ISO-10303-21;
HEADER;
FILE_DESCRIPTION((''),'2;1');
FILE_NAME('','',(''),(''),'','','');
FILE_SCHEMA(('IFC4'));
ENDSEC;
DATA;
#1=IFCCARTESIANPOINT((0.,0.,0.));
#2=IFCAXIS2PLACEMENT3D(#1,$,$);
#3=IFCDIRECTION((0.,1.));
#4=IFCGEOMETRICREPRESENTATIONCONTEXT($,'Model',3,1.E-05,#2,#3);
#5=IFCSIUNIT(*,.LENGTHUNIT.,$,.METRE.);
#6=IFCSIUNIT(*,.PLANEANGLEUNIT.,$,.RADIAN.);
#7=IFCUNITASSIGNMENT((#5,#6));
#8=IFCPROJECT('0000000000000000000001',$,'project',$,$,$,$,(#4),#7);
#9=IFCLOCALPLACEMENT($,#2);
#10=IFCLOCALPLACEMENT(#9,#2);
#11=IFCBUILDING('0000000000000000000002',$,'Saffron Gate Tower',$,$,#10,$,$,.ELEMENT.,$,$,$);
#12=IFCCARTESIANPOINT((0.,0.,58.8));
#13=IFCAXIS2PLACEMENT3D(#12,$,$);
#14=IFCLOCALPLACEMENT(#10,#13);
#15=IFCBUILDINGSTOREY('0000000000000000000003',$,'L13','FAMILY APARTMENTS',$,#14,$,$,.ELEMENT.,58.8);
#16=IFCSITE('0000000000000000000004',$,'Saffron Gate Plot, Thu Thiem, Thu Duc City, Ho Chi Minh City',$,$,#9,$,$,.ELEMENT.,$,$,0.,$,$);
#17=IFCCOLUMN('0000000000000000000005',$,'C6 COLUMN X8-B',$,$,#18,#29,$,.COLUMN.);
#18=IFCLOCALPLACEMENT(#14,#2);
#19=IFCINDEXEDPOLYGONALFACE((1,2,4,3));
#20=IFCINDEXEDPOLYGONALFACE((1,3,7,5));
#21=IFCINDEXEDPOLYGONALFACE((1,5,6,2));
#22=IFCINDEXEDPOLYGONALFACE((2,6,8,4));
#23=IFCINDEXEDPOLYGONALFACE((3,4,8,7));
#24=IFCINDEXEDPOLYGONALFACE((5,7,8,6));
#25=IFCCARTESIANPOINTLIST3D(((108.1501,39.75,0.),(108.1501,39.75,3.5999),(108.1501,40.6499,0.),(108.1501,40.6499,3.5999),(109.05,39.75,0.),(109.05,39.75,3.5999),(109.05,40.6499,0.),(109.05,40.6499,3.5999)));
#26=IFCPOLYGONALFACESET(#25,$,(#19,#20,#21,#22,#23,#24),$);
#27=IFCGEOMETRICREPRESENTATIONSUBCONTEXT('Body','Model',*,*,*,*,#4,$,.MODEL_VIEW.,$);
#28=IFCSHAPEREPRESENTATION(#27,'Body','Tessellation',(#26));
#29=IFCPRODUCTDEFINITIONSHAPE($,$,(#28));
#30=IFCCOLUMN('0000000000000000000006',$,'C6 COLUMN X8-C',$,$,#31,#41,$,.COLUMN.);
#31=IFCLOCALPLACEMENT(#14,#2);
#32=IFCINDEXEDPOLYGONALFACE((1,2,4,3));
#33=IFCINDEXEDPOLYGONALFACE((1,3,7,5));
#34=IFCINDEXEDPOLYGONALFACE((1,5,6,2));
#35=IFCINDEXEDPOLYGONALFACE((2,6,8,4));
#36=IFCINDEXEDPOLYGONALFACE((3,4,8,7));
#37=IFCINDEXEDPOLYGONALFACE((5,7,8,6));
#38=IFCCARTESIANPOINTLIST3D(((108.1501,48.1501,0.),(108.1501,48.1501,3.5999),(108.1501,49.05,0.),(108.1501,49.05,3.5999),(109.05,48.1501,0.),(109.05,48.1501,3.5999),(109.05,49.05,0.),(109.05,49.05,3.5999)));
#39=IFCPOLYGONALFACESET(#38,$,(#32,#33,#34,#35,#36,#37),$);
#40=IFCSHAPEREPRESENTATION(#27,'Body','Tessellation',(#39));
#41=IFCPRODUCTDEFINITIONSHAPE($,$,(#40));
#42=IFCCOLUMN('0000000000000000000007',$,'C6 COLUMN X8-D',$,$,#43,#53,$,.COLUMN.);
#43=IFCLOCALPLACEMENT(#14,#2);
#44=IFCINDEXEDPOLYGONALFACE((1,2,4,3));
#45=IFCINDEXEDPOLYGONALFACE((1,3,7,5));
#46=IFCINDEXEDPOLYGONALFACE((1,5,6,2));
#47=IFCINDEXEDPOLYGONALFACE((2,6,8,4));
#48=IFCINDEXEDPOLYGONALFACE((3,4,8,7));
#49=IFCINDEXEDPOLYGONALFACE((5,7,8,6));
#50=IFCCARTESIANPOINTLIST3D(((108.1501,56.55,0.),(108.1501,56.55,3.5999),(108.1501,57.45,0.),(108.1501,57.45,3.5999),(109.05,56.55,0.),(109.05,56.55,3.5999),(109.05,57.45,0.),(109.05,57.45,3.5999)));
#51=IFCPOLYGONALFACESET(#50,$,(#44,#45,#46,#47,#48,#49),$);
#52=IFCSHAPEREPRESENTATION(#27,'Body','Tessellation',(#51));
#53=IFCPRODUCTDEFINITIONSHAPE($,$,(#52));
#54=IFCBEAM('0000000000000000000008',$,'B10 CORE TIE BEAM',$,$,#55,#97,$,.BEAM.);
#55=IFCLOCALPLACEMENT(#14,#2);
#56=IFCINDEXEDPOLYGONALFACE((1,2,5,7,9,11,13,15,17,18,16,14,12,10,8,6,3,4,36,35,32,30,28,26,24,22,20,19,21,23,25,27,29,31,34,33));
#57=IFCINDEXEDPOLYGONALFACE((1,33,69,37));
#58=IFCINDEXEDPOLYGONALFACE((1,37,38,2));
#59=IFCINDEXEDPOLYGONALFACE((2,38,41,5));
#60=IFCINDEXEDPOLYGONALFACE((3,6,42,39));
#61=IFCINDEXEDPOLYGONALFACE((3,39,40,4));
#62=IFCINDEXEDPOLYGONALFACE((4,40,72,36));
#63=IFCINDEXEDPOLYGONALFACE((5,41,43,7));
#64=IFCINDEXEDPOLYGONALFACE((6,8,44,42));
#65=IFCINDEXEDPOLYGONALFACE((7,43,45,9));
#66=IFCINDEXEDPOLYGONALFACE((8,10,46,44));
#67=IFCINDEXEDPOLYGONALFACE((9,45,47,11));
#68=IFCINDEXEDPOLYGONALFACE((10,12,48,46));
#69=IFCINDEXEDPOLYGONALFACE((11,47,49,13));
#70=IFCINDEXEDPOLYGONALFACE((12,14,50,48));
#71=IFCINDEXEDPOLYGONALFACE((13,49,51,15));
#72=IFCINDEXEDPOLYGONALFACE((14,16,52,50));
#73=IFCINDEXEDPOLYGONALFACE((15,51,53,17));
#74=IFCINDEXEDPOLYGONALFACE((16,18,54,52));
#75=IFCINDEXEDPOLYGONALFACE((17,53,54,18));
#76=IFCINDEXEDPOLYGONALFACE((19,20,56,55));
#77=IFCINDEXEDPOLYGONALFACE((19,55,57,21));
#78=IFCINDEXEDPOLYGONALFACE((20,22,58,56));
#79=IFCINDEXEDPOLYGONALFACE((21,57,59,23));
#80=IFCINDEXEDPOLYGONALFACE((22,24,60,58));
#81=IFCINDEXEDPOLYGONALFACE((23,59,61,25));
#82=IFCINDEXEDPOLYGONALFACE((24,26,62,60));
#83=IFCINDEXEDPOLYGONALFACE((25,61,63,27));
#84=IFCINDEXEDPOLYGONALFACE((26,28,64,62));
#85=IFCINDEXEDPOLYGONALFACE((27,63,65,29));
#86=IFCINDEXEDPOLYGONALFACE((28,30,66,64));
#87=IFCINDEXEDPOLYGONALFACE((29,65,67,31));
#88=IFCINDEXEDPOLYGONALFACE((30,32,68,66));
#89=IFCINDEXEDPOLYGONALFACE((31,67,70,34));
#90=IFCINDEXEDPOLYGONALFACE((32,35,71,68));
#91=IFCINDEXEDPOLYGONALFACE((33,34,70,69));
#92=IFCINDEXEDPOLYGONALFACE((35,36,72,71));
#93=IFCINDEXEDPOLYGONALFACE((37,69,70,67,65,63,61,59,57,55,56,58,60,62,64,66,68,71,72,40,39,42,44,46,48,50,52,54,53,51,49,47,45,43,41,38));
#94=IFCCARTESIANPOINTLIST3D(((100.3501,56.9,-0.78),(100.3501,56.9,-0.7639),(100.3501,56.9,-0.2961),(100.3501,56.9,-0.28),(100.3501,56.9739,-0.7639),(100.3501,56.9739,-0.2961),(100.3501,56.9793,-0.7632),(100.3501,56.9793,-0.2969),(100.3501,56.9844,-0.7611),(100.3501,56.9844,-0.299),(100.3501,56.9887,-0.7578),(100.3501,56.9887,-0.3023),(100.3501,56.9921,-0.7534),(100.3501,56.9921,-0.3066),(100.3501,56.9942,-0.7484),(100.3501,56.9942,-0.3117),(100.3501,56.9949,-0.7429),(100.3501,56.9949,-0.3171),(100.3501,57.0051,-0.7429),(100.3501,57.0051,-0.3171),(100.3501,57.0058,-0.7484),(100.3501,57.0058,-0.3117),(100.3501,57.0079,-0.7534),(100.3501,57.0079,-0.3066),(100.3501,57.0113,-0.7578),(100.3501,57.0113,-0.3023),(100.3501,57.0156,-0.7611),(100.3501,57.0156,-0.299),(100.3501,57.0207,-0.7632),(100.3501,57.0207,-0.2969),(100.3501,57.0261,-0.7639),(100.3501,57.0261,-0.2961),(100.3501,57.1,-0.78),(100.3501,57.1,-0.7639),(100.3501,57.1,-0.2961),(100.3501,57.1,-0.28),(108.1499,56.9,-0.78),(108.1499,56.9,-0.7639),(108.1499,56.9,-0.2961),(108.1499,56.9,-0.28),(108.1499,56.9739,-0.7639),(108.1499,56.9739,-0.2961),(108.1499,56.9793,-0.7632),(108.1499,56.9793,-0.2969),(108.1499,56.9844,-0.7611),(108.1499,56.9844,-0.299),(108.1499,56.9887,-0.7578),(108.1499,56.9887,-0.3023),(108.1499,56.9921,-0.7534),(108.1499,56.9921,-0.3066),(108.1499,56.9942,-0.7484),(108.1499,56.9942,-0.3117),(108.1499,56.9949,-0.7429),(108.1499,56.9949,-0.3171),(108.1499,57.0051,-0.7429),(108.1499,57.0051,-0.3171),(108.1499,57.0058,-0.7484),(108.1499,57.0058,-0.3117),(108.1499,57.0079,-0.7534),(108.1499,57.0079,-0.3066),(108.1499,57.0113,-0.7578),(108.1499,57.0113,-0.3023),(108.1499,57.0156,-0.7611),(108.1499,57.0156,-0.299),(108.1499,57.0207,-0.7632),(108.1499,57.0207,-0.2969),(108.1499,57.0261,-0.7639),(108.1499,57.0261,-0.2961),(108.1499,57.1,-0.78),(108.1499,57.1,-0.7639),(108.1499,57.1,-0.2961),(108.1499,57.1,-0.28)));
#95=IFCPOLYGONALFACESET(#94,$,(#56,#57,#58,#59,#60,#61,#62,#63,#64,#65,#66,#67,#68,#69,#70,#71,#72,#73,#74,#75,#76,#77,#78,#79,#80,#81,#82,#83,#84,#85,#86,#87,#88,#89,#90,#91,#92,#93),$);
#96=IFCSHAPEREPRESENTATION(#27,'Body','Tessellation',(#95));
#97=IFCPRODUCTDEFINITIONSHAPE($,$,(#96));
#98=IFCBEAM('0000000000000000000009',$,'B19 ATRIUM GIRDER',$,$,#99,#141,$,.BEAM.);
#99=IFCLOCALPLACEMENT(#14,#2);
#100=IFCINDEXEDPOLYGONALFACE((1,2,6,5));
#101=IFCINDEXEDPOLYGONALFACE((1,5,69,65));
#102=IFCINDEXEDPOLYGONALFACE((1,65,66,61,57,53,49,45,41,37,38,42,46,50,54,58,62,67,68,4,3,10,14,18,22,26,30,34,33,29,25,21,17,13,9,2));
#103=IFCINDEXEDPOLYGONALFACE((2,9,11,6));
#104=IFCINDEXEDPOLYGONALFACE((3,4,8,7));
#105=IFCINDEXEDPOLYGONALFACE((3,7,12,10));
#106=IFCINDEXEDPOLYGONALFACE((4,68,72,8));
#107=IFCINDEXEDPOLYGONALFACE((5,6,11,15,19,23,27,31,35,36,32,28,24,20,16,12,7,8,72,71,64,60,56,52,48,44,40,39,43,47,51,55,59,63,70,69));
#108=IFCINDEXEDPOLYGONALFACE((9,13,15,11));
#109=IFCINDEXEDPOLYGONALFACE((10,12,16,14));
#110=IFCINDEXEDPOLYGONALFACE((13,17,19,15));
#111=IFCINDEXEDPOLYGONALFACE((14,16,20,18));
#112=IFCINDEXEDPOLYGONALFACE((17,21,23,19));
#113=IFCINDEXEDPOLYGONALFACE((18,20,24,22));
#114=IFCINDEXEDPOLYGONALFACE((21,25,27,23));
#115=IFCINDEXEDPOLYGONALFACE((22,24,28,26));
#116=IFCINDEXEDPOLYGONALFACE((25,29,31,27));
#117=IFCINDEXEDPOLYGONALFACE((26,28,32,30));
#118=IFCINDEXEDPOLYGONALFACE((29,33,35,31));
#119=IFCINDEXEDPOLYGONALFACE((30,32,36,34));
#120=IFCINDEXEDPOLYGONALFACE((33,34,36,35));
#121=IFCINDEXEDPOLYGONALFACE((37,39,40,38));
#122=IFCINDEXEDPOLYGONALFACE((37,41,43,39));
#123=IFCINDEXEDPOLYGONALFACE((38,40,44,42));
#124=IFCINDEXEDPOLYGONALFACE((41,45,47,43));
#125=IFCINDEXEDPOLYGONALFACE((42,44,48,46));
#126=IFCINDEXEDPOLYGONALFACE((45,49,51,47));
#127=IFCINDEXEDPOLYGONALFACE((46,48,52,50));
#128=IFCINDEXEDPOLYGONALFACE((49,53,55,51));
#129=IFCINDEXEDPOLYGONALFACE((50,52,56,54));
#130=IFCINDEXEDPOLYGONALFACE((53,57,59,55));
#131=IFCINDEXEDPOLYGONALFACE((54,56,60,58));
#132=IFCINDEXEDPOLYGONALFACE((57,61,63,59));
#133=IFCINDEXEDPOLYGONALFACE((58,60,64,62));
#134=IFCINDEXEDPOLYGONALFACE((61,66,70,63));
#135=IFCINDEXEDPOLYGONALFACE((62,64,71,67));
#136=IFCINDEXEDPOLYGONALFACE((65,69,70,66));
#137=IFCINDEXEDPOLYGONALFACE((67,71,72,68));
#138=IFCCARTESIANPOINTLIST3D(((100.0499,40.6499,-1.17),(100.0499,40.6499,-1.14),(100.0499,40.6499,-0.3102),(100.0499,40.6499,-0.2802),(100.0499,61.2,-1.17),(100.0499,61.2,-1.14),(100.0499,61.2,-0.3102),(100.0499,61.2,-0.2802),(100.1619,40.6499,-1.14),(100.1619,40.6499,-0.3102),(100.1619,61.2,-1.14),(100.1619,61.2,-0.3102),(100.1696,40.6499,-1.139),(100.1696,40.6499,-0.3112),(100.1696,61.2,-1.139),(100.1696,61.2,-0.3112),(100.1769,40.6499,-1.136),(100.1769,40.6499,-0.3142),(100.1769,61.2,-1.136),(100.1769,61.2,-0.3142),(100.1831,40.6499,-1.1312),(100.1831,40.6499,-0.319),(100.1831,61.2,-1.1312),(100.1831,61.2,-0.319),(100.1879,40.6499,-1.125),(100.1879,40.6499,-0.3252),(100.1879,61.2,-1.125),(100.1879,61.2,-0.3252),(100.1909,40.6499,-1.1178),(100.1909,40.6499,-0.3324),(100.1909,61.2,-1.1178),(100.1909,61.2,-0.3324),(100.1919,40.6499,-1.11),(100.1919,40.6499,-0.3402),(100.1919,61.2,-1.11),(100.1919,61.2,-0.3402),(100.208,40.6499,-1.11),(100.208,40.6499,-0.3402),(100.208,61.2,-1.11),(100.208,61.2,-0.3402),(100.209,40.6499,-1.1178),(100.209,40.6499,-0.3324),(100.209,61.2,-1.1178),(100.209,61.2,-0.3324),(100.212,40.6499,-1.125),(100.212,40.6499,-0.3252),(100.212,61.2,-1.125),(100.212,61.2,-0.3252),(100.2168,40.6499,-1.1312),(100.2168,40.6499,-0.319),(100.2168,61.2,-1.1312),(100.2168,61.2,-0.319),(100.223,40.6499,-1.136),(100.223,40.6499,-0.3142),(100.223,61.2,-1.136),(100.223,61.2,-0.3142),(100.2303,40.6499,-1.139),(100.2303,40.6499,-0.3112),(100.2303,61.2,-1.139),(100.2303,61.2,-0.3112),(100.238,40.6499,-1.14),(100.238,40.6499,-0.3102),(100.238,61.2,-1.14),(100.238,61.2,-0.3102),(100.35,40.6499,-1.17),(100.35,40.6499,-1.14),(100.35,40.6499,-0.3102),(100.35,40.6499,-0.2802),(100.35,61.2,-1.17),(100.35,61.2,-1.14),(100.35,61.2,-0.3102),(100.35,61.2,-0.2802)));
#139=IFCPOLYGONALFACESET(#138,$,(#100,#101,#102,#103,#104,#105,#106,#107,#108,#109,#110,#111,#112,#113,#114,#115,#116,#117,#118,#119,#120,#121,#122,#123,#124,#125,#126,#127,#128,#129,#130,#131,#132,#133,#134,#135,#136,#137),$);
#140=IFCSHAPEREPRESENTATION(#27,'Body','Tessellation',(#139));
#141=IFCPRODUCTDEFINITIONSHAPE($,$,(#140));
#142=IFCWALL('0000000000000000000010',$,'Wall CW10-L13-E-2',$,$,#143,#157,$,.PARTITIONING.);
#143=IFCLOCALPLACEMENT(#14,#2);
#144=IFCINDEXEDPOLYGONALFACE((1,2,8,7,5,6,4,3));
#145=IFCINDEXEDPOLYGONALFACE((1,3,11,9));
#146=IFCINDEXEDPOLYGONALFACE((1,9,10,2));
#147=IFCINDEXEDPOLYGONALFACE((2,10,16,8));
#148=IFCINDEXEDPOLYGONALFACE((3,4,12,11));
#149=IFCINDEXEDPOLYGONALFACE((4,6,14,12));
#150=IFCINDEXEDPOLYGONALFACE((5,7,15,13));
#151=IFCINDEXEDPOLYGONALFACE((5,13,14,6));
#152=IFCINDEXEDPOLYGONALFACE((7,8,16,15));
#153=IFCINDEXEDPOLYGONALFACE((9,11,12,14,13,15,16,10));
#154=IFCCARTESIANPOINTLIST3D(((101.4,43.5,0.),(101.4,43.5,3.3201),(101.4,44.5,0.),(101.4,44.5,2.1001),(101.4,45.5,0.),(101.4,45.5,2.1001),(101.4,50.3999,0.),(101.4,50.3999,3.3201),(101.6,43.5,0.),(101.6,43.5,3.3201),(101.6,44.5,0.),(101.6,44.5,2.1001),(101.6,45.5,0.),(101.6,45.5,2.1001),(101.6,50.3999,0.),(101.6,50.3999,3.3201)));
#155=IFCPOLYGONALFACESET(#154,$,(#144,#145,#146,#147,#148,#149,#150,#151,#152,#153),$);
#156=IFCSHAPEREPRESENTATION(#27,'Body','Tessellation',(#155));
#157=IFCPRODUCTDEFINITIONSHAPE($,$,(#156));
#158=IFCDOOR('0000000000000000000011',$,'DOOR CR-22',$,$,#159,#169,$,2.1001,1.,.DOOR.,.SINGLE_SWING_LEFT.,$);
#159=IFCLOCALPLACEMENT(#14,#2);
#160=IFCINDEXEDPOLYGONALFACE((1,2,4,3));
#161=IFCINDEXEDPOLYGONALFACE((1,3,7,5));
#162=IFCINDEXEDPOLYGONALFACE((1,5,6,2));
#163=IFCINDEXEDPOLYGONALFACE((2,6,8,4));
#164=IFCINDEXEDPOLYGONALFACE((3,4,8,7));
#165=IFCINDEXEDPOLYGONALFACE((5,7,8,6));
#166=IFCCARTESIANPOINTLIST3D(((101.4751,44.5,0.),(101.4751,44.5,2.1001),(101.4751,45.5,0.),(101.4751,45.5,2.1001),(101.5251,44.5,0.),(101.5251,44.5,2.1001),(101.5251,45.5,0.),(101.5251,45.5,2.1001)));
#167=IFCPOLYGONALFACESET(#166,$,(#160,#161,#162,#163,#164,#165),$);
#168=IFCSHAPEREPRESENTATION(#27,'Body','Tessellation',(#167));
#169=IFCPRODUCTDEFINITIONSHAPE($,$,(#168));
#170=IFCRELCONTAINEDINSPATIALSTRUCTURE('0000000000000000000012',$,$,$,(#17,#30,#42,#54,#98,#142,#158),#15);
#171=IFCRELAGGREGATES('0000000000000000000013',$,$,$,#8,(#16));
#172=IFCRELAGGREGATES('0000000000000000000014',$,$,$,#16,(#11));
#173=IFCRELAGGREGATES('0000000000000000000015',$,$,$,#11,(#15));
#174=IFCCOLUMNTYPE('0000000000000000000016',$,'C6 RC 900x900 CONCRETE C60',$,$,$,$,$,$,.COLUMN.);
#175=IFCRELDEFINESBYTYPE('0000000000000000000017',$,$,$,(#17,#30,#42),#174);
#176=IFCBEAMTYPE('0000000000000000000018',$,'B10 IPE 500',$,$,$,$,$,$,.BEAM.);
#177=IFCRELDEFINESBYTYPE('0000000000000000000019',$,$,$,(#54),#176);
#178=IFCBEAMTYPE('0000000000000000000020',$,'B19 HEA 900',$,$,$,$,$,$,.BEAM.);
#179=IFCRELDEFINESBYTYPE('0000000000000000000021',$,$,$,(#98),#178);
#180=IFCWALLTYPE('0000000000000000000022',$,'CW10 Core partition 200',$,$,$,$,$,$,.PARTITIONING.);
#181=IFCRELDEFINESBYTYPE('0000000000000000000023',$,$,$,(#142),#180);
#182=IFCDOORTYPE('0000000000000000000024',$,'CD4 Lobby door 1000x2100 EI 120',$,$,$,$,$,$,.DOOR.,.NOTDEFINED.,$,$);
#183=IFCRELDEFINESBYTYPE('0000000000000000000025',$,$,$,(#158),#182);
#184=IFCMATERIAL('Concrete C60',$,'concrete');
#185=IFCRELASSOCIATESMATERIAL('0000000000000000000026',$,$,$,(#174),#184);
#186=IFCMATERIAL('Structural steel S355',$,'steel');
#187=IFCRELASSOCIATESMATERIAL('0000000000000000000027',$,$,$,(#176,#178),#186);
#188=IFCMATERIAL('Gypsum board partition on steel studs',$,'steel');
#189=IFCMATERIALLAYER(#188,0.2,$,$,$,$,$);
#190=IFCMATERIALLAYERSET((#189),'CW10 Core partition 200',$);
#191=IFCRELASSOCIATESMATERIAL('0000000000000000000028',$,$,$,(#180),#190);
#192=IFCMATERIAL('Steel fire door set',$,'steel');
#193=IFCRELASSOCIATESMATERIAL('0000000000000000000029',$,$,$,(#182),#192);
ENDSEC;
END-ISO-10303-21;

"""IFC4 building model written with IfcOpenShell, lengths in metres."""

from ifc_helpers import new_model, si_unit, direction, frame, frame_2d, origin, origin_2d, place, context, subcontext, project, spatial, rectangle, i_section, extrude, material, layer, layer_set, material_profile, profile_set, type_object, element, fill, save


model = new_model("IFC4")

# Units and contexts
model_context = context("Model", 3, precision=1e-05, world=origin(), true_north=direction((0.0, 1.0)))
body_context = subcontext(model_context, "Body", "Model", "MODEL_VIEW")
ifc_project = project(units=[si_unit("LENGTHUNIT", "METRE"), si_unit("PLANEANGLEUNIT", "RADIAN")], contexts=[model_context])

# Site, building, storey
site_placement = place(None, origin())
site = spatial("IfcSite", under=ifc_project, at=site_placement, Name="Saffron Gate Plot, Thu Thiem, Thu Duc City, Ho Chi Minh City", CompositionType="ELEMENT", RefElevation=0.0)
building_placement = place(site_placement, origin())
building = spatial("IfcBuilding", under=site, at=building_placement, Name="Saffron Gate Tower", CompositionType="ELEMENT")
storey_placement = place(building_placement, frame((0.0, 0.0, 58.8)))
storey = spatial("IfcBuildingStorey", under=building, at=storey_placement, Name="L13", Description="FAMILY APARTMENTS", CompositionType="ELEMENT", Elevation=58.8)

# Columns
ifc_material_1 = material(Name="Concrete C60", Category="concrete")
ifc_material_profile_1 = material_profile(ifc_material_1, rectangle(XDim=0.8999, YDim=0.8999, at=origin_2d()))
ifc_profile_set_1 = profile_set([ifc_material_profile_1], Name="Concrete C60")
column_type = type_object("IfcColumnType", Name="C6 RC 900x900 CONCRETE C60", PredefinedType="COLUMN", material=ifc_profile_set_1)
for number, where, z_axis, x_axis, name in (
    (1, (108.6001, 40.2, 0.0), (0.0, 0.0, 1.0), (1.0, 0.0, 0.0), "C6 COLUMN X8-B"),
    (2, (108.6001, 48.6001, 0.0), (0.0, 0.0, 1.0), (1.0, 0.0, 0.0), "C6 COLUMN X8-C"),
    (3, (108.6001, 57.0, 0.0), (0.0, 0.0, 1.0), (1.0, 0.0, 0.0), "C6 COLUMN X8-D"),
):
    element("IfcColumn", number, at=place(storey_placement, frame(where, z_axis=z_axis, x_axis=x_axis)), inside=storey, type_object=column_type, Name=name, PredefinedType="COLUMN", context=body_context, shape_type="SweptSolid", body=[
        extrude(rectangle(XDim=0.8999, YDim=0.8999, at=origin_2d()), origin(), (0.0, 0.0, 1.0), 3.5999),
    ])

# Beams
ifc_material_2 = material(Name="Structural steel S355", Category="steel")
ifc_material_profile_2 = material_profile(ifc_material_2, i_section(OverallWidth=0.2, OverallDepth=0.5, WebThickness=0.0103, FlangeThickness=0.0161, FilletRadius=0.021, at=origin_2d()))
ifc_profile_set_2 = profile_set([ifc_material_profile_2], Name="Structural steel S355")
beam_type_1 = type_object("IfcBeamType", Name="B10 IPE 500", PredefinedType="BEAM", material=ifc_profile_set_2)
beam_1_placement = place(storey_placement, frame((108.1499, 57.0, -0.53), z_axis=(-1.0, 0.0, 0.0), x_axis=(0.0, -1.0, 0.0)))
element("IfcBeam", 4, at=beam_1_placement, inside=storey, type_object=beam_type_1, Name="B10 CORE TIE BEAM", PredefinedType="BEAM", context=body_context, shape_type="SweptSolid", body=[
    extrude(i_section(OverallWidth=0.2, OverallDepth=0.5, WebThickness=0.0103, FlangeThickness=0.0161, FilletRadius=0.021, at=origin_2d()), origin(), (0.0, 0.0, 1.0), 7.7998),
])
ifc_material_profile_3 = material_profile(ifc_material_2, i_section(OverallWidth=0.3, OverallDepth=0.8899, WebThickness=0.0161, FlangeThickness=0.03, FilletRadius=0.03, at=origin_2d()))
ifc_profile_set_3 = profile_set([ifc_material_profile_3], Name="Structural steel S355")
beam_type_2 = type_object("IfcBeamType", Name="B19 HEA 900", PredefinedType="BEAM", material=ifc_profile_set_3)
beam_2_placement = place(storey_placement, frame((100.2, 40.6499, -0.7251), z_axis=(0.0, 1.0, 0.0), x_axis=(-1.0, 0.0, 0.0)))
element("IfcBeam", 5, at=beam_2_placement, inside=storey, type_object=beam_type_2, Name="B19 ATRIUM GIRDER", PredefinedType="BEAM", context=body_context, shape_type="SweptSolid", body=[
    extrude(i_section(OverallWidth=0.3, OverallDepth=0.8899, WebThickness=0.0161, FlangeThickness=0.03, FilletRadius=0.03, at=origin_2d()), origin(), (0.0, 0.0, 1.0), 20.55),
])

# Wall, opening, door
ifc_material_3 = material(Name="Gypsum board partition on steel studs", Category="steel")
ifc_layer_1 = layer(ifc_material_3, 0.2)
ifc_layer_set_1 = layer_set([ifc_layer_1], Name="CW10 Core partition 200")
wall_type_1 = type_object("IfcWallType", Name="CW10 Core partition 200", PredefinedType="PARTITIONING", material=ifc_layer_set_1)
wall_1_placement = place(storey_placement, frame((101.5, 43.5, 0.0), z_axis=(0.0, 0.0, 1.0), x_axis=(0.0, 1.0, 0.0)))
wall_1 = element("IfcWall", 6, at=wall_1_placement, inside=storey, type_object=wall_type_1, Name="Wall CW10-L13-E-2", PredefinedType="PARTITIONING", context=body_context, shape_type="SweptSolid", body=[
    extrude(rectangle(XDim=6.8999, YDim=0.2, at=frame_2d((3.45, 0.0))), origin(), (0.0, 0.0, 1.0), 3.3201),
])
opening_1_placement = place(wall_1_placement, frame((1.0, 0.0, 0.0)))
opening_1 = element("IfcOpeningElement", 7, at=opening_1_placement, cuts=wall_1, PredefinedType="OPENING", context=body_context, shape_type="SweptSolid", body=[
    extrude(rectangle(XDim=1.0, YDim=2.1001, at=frame_2d((0.5, 1.05))), frame((0.0, 0.1099, 0.0), z_axis=(0.0, -1.0, 0.0), x_axis=(1.0, 0.0, 0.0)), (0.0, 0.0, 1.0), 0.22),
])
ifc_material_4 = material(Name="Steel fire door set", Category="steel")
door_type_1 = type_object("IfcDoorType", Name="CD4 Lobby door 1000x2100 EI 120", OperationType="NOTDEFINED", PredefinedType="DOOR", material=ifc_material_4)
door_1_placement = place(opening_1_placement, origin())
door_1 = element("IfcDoor", 8, at=door_1_placement, inside=storey, type_object=door_type_1, Name="DOOR CR-22", OperationType="SINGLE_SWING_LEFT", OverallHeight=2.1001, OverallWidth=1.0, PredefinedType="DOOR", context=body_context, shape_type="SweptSolid", body=[
    extrude(rectangle(XDim=1.0, YDim=2.1001, at=frame_2d((0.5, 1.05))), frame((0.0, 0.0249, 0.0), z_axis=(0.0, -1.0, 0.0), x_axis=(1.0, 0.0, 0.0)), (0.0, 0.0, 1.0), 0.05),
])
fill(opening_1, door_1)

save(model, "model.ifc")
